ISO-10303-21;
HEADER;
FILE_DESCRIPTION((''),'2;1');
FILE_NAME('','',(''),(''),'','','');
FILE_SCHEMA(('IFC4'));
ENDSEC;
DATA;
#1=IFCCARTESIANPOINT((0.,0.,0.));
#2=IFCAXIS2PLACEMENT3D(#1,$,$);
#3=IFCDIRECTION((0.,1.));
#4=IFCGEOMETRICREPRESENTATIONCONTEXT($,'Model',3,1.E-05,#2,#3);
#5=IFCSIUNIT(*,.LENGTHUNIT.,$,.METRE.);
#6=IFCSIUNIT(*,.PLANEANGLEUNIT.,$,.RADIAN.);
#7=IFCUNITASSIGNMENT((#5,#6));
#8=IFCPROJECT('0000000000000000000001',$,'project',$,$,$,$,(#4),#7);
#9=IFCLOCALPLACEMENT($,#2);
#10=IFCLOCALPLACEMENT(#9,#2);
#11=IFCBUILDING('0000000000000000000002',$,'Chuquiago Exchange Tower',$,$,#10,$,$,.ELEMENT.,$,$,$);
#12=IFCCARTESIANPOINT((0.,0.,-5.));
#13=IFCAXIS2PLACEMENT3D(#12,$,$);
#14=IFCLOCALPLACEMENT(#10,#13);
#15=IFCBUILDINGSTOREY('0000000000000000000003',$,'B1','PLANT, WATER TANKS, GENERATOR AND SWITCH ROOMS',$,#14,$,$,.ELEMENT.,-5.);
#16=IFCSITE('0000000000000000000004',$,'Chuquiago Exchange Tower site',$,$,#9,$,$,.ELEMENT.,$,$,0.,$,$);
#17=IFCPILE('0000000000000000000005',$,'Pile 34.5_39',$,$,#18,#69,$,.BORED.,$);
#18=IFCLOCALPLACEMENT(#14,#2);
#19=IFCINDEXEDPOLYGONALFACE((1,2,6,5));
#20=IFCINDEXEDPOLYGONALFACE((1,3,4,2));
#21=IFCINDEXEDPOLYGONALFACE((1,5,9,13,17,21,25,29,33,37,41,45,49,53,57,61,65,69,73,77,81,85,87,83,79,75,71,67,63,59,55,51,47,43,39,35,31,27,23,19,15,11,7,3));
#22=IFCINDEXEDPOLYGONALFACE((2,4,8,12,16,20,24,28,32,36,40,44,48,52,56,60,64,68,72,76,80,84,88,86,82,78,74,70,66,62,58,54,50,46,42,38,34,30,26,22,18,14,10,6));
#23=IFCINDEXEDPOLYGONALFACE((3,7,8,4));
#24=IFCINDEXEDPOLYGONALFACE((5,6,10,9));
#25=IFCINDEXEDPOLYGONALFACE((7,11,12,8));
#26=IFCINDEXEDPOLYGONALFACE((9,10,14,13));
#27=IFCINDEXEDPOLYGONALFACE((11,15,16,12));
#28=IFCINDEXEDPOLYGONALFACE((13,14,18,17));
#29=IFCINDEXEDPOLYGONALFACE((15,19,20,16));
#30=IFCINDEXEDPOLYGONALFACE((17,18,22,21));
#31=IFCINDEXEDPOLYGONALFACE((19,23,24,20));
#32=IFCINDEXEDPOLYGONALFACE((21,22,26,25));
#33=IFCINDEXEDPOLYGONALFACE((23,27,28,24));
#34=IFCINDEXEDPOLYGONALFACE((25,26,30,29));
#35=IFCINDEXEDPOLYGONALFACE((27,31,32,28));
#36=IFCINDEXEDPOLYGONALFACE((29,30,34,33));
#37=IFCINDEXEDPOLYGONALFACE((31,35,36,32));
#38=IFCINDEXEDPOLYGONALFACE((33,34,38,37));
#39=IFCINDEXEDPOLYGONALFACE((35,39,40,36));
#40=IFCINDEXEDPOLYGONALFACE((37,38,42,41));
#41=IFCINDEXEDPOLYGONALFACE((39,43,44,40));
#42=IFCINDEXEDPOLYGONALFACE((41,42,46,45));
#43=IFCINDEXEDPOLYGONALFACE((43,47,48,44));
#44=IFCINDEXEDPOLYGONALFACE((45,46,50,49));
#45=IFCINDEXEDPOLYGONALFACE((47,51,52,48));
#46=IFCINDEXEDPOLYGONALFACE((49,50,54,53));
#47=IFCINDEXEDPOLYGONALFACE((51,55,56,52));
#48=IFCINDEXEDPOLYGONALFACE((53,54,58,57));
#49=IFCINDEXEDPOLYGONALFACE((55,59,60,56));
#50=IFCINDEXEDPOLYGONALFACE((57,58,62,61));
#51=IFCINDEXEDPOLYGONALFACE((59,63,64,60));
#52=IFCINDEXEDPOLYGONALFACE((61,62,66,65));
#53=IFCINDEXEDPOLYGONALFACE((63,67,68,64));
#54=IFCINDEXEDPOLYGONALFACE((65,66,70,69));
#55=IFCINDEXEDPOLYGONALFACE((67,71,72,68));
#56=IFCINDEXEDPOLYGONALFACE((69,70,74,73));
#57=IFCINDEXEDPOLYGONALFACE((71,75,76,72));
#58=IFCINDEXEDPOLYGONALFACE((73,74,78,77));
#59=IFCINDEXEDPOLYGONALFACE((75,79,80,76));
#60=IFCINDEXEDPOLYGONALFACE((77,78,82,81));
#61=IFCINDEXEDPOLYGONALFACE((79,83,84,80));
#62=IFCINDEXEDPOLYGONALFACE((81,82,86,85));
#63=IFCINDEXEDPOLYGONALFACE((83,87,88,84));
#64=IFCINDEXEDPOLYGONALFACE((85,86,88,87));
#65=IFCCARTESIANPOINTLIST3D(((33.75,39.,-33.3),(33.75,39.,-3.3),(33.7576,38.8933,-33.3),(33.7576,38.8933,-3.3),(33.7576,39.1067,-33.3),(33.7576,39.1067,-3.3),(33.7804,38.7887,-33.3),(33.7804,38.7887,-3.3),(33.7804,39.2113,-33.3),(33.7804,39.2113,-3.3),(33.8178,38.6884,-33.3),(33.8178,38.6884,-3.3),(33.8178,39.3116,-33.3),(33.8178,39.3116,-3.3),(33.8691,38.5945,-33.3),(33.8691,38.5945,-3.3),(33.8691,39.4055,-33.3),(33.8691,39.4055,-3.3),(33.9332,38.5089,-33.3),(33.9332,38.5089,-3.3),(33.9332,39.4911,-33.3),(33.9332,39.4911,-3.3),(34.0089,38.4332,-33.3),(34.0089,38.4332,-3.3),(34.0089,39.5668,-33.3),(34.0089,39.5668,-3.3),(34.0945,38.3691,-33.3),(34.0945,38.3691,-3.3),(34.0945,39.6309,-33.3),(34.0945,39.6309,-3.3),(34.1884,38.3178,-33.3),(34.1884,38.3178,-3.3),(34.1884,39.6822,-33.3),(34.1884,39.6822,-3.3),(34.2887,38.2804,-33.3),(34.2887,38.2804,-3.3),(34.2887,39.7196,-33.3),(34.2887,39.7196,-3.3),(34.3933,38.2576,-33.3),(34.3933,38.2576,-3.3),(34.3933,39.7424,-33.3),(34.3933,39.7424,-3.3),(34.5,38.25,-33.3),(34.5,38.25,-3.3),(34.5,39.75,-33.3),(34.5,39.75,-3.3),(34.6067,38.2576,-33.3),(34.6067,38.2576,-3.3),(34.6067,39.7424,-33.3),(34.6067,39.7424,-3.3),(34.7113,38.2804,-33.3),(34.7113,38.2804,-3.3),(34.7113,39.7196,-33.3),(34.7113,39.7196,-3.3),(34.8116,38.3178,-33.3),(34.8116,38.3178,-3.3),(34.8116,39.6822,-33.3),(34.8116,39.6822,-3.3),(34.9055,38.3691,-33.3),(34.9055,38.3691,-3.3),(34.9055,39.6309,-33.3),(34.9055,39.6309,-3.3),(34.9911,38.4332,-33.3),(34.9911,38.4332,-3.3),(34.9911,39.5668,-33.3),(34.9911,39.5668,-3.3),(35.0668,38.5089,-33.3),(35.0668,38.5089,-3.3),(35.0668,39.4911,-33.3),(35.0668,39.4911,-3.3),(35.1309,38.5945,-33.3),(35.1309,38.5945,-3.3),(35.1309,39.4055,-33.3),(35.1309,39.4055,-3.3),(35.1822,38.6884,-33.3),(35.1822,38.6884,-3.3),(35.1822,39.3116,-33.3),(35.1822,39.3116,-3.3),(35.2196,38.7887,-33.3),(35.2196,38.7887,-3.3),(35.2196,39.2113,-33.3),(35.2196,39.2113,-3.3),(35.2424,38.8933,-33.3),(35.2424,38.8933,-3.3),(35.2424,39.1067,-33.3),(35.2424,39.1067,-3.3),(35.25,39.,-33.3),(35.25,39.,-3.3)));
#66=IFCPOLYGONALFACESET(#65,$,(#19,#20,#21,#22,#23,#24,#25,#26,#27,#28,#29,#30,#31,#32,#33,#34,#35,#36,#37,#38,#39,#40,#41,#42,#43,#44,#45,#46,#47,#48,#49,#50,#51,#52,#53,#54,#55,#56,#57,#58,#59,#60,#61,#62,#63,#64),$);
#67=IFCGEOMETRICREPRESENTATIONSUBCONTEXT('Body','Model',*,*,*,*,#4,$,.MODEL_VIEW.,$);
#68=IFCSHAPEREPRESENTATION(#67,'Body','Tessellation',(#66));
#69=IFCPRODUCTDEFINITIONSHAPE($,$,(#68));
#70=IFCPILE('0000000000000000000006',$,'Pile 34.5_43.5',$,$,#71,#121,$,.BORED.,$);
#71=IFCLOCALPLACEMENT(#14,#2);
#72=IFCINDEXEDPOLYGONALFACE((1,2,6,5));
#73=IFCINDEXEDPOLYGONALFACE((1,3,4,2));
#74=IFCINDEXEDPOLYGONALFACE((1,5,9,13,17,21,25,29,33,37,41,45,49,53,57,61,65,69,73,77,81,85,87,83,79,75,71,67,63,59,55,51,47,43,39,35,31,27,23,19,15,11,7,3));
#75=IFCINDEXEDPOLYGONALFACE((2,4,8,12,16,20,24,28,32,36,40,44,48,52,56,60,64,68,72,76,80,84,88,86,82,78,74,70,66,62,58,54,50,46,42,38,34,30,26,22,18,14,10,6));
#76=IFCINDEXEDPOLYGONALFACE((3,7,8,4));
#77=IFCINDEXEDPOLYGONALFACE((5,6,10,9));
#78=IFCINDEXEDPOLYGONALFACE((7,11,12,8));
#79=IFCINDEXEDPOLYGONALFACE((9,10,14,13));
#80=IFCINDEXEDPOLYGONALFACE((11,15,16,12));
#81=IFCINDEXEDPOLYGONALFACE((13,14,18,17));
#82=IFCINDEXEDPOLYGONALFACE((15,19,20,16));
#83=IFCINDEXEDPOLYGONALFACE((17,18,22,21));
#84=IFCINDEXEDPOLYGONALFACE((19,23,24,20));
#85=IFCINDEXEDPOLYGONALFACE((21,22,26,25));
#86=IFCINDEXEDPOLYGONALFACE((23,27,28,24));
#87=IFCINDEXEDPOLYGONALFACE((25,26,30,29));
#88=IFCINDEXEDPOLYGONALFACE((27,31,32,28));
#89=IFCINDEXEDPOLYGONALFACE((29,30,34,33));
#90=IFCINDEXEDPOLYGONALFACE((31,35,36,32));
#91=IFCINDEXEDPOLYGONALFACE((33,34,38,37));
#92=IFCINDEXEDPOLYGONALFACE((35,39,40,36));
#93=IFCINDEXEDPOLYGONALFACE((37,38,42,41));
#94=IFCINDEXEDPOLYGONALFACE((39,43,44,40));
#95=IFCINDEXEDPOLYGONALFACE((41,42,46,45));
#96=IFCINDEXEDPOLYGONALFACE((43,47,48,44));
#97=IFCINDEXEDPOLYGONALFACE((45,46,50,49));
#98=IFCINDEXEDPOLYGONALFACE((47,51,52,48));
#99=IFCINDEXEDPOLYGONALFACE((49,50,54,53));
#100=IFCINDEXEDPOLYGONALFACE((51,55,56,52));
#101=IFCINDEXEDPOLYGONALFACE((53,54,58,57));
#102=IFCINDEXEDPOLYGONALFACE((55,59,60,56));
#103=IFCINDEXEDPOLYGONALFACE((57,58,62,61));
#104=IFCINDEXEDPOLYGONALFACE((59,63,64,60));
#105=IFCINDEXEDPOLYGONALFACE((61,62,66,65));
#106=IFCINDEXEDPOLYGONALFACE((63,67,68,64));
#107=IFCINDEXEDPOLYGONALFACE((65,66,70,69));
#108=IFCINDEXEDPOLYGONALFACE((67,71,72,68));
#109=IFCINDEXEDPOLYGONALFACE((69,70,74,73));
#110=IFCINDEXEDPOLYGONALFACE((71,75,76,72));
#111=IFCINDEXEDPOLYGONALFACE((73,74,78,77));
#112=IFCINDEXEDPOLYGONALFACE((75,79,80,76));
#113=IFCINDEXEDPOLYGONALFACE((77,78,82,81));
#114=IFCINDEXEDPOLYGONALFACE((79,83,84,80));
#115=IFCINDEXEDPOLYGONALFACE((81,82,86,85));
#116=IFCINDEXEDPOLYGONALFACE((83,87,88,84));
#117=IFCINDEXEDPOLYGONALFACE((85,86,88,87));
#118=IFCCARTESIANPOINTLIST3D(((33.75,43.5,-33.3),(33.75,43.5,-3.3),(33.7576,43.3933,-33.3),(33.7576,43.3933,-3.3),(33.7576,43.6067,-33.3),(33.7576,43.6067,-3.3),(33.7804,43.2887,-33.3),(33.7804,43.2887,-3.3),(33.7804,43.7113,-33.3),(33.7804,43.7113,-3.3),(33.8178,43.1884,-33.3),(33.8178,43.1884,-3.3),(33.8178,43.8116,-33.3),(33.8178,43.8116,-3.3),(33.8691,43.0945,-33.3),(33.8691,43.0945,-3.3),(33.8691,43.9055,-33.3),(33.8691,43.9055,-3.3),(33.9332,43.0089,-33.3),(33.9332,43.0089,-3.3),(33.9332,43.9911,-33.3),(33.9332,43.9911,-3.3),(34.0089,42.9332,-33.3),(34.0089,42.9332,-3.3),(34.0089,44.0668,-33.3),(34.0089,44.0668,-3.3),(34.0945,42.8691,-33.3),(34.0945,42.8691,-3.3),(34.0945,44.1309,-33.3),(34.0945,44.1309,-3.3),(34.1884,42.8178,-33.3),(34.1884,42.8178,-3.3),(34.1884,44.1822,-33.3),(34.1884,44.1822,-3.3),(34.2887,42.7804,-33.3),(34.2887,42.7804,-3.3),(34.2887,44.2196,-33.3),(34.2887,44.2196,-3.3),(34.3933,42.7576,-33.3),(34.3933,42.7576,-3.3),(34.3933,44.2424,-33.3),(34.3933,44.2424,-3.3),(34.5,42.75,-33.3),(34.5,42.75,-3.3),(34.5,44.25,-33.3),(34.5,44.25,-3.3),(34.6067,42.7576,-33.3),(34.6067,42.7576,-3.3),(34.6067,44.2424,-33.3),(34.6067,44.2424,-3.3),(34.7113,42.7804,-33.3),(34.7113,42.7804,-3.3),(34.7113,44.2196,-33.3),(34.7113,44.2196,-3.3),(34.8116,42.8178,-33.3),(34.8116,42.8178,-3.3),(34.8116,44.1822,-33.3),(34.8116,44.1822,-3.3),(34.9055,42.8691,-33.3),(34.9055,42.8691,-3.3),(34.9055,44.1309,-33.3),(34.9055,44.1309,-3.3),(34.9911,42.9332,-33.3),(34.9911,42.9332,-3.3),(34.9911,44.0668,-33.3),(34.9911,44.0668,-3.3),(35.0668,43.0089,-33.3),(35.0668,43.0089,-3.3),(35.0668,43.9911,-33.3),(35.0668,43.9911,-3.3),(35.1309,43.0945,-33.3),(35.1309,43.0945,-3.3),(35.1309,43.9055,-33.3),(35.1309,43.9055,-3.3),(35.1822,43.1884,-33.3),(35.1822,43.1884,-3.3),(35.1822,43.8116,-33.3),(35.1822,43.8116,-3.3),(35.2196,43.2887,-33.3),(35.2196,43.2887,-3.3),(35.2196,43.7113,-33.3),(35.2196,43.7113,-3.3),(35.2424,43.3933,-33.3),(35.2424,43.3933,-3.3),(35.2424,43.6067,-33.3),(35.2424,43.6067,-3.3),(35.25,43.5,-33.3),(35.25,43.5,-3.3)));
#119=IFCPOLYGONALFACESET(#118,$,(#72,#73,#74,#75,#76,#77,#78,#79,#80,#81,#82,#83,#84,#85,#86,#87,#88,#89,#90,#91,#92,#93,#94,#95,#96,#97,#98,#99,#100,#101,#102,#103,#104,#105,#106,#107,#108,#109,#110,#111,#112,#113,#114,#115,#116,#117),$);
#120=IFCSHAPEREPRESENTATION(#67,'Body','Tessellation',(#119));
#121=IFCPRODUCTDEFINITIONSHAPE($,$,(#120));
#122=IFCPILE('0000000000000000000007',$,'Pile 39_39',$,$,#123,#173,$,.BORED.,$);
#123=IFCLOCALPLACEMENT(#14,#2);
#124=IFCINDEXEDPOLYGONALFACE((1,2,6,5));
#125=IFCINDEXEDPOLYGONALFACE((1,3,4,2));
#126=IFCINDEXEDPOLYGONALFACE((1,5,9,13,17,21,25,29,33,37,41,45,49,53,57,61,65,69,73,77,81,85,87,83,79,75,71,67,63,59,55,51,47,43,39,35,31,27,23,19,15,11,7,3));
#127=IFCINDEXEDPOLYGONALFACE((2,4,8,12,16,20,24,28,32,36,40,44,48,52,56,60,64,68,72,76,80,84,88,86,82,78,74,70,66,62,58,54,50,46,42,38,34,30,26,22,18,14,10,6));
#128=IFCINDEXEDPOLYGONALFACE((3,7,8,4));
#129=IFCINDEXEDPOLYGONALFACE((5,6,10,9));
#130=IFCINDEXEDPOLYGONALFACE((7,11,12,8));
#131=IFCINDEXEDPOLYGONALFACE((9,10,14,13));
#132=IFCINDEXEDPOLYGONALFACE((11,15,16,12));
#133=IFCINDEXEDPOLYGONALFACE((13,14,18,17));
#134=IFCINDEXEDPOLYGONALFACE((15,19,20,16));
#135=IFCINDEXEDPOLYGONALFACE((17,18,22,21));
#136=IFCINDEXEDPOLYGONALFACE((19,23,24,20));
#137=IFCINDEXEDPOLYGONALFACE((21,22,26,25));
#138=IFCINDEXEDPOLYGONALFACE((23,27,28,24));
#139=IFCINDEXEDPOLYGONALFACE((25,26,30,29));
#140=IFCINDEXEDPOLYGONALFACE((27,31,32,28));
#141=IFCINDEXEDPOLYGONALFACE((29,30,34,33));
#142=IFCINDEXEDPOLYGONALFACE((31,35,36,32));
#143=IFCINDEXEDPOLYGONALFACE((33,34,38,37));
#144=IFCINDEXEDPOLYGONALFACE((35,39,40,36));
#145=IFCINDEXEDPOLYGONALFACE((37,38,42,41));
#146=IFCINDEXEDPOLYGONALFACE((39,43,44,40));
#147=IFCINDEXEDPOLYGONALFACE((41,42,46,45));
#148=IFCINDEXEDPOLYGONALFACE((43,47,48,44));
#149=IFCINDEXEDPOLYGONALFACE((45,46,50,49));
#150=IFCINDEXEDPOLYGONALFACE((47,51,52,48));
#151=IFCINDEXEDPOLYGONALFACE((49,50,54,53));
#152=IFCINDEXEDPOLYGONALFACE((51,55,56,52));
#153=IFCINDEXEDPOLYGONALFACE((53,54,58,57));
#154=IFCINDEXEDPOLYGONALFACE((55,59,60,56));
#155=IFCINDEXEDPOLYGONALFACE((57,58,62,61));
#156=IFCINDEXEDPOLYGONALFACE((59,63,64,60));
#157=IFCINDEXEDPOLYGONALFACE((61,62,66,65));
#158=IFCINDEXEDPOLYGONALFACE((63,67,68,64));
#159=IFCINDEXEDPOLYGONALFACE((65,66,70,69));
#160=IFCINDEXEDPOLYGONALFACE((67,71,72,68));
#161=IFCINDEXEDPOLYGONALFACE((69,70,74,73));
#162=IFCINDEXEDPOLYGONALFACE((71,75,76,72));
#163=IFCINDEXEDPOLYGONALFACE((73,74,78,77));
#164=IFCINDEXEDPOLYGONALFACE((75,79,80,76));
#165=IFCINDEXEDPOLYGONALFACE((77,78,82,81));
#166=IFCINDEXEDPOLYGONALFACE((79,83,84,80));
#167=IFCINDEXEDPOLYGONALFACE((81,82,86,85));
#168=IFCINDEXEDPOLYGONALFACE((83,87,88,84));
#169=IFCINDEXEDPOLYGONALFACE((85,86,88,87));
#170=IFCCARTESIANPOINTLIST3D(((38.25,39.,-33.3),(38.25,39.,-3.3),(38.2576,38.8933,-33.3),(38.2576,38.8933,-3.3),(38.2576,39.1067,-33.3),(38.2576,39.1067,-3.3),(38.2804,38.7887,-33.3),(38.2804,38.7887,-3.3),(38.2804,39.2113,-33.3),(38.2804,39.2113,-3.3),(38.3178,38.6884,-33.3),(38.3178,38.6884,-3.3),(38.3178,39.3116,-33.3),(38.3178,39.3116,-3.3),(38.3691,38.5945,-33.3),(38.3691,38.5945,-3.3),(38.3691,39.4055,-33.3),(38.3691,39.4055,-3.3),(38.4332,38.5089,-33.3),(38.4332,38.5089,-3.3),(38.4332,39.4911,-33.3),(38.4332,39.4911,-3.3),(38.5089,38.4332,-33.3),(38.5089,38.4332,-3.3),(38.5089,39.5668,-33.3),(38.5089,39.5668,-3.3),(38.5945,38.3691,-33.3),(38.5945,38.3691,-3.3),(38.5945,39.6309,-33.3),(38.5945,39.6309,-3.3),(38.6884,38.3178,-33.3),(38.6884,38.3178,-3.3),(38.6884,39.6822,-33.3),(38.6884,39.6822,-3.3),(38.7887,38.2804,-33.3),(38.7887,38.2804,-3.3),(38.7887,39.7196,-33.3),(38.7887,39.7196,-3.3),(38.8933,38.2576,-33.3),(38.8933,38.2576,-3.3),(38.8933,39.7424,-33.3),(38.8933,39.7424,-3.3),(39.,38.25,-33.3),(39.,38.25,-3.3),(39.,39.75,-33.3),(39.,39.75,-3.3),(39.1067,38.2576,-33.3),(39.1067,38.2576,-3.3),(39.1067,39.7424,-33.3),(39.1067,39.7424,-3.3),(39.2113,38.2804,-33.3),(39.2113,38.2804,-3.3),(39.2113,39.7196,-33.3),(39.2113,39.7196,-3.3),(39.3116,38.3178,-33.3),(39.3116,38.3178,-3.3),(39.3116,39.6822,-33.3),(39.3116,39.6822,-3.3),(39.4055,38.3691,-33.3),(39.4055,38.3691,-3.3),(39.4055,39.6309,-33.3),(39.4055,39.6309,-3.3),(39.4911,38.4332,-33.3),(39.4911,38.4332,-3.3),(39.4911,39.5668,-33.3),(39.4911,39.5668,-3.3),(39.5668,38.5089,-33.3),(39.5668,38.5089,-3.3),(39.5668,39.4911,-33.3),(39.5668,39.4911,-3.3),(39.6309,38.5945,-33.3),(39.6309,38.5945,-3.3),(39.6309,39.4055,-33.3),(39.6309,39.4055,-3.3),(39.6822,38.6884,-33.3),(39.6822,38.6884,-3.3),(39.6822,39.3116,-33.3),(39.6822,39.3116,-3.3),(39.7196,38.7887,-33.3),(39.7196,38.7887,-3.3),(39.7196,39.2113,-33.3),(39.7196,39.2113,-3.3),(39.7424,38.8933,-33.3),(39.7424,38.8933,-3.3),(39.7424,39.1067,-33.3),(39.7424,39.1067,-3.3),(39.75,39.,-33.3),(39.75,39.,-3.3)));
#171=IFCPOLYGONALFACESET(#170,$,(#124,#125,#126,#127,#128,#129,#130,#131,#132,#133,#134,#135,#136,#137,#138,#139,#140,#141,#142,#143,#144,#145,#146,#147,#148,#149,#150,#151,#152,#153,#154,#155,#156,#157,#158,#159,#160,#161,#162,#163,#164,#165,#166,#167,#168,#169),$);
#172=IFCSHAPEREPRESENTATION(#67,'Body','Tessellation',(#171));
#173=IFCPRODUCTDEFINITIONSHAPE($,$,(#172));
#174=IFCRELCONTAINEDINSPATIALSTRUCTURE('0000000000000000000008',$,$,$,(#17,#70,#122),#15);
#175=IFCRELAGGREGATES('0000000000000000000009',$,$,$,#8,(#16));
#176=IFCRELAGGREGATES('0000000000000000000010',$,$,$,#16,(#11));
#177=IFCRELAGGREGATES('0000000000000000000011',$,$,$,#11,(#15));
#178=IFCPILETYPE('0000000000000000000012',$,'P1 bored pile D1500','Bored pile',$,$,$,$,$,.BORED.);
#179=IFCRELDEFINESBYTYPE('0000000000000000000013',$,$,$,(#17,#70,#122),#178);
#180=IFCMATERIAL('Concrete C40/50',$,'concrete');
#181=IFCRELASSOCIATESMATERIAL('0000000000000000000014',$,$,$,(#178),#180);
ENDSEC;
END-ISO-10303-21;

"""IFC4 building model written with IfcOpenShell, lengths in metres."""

from ifc_helpers import new_model, si_unit, direction, frame, origin, origin_2d, place, context, subcontext, project, spatial, circle, extrude, material, material_profile, profile_set, type_object, element, save


model = new_model("IFC4")

# Units and contexts
model_context = context("Model", 3, precision=1e-05, world=origin(), true_north=direction((0.0, 1.0)))
body_context = subcontext(model_context, "Body", "Model", "MODEL_VIEW")
ifc_project = project(units=[si_unit("LENGTHUNIT", "METRE"), si_unit("PLANEANGLEUNIT", "RADIAN")], contexts=[model_context])

# Site, building, storey
site_placement = place(None, origin())
site = spatial("IfcSite", under=ifc_project, at=site_placement, Name="Chuquiago Exchange Tower site", CompositionType="ELEMENT", RefElevation=0.0)
building_placement = place(site_placement, origin())
building = spatial("IfcBuilding", under=site, at=building_placement, Name="Chuquiago Exchange Tower", CompositionType="ELEMENT")
storey_placement = place(building_placement, frame((0.0, 0.0, -5.0)))
storey = spatial("IfcBuildingStorey", under=building, at=storey_placement, Name="B1", Description="PLANT, WATER TANKS, GENERATOR AND SWITCH ROOMS", CompositionType="ELEMENT", Elevation=-5.0)

# Piles
ifc_material_1 = material(Name="Concrete C40/50", Category="concrete")
ifc_material_profile_1 = material_profile(ifc_material_1, circle(Radius=0.75, at=origin_2d()), Name="D1500")
ifc_profile_set_1 = profile_set([ifc_material_profile_1], Name="Concrete C40/50")
pile_type = type_object("IfcPileType", Name="P1 bored pile D1500", Description="Bored pile", PredefinedType="BORED", material=ifc_profile_set_1)
for number, where, z_axis, x_axis, name in (
    (1, (34.5, 39.0, -3.3), (0.0, 0.0, -1.0), (1.0, 0.0, 0.0), "Pile 34.5_39"),
    (2, (34.5, 43.5, -3.3), (0.0, 0.0, -1.0), (1.0, 0.0, 0.0), "Pile 34.5_43.5"),
    (3, (39.0, 39.0, -3.3), (0.0, 0.0, -1.0), (1.0, 0.0, 0.0), "Pile 39_39"),
):
    element("IfcPile", number, at=place(storey_placement, frame(where, z_axis=z_axis, x_axis=x_axis)), inside=storey, type_object=pile_type, Name=name, PredefinedType="BORED", context=body_context, shape_type="SweptSolid", body=[
        extrude(circle(Radius=0.75, at=origin_2d()), origin(), (0.0, 0.0, 1.0), 30.0),
    ])

save(model, "model.ifc")
